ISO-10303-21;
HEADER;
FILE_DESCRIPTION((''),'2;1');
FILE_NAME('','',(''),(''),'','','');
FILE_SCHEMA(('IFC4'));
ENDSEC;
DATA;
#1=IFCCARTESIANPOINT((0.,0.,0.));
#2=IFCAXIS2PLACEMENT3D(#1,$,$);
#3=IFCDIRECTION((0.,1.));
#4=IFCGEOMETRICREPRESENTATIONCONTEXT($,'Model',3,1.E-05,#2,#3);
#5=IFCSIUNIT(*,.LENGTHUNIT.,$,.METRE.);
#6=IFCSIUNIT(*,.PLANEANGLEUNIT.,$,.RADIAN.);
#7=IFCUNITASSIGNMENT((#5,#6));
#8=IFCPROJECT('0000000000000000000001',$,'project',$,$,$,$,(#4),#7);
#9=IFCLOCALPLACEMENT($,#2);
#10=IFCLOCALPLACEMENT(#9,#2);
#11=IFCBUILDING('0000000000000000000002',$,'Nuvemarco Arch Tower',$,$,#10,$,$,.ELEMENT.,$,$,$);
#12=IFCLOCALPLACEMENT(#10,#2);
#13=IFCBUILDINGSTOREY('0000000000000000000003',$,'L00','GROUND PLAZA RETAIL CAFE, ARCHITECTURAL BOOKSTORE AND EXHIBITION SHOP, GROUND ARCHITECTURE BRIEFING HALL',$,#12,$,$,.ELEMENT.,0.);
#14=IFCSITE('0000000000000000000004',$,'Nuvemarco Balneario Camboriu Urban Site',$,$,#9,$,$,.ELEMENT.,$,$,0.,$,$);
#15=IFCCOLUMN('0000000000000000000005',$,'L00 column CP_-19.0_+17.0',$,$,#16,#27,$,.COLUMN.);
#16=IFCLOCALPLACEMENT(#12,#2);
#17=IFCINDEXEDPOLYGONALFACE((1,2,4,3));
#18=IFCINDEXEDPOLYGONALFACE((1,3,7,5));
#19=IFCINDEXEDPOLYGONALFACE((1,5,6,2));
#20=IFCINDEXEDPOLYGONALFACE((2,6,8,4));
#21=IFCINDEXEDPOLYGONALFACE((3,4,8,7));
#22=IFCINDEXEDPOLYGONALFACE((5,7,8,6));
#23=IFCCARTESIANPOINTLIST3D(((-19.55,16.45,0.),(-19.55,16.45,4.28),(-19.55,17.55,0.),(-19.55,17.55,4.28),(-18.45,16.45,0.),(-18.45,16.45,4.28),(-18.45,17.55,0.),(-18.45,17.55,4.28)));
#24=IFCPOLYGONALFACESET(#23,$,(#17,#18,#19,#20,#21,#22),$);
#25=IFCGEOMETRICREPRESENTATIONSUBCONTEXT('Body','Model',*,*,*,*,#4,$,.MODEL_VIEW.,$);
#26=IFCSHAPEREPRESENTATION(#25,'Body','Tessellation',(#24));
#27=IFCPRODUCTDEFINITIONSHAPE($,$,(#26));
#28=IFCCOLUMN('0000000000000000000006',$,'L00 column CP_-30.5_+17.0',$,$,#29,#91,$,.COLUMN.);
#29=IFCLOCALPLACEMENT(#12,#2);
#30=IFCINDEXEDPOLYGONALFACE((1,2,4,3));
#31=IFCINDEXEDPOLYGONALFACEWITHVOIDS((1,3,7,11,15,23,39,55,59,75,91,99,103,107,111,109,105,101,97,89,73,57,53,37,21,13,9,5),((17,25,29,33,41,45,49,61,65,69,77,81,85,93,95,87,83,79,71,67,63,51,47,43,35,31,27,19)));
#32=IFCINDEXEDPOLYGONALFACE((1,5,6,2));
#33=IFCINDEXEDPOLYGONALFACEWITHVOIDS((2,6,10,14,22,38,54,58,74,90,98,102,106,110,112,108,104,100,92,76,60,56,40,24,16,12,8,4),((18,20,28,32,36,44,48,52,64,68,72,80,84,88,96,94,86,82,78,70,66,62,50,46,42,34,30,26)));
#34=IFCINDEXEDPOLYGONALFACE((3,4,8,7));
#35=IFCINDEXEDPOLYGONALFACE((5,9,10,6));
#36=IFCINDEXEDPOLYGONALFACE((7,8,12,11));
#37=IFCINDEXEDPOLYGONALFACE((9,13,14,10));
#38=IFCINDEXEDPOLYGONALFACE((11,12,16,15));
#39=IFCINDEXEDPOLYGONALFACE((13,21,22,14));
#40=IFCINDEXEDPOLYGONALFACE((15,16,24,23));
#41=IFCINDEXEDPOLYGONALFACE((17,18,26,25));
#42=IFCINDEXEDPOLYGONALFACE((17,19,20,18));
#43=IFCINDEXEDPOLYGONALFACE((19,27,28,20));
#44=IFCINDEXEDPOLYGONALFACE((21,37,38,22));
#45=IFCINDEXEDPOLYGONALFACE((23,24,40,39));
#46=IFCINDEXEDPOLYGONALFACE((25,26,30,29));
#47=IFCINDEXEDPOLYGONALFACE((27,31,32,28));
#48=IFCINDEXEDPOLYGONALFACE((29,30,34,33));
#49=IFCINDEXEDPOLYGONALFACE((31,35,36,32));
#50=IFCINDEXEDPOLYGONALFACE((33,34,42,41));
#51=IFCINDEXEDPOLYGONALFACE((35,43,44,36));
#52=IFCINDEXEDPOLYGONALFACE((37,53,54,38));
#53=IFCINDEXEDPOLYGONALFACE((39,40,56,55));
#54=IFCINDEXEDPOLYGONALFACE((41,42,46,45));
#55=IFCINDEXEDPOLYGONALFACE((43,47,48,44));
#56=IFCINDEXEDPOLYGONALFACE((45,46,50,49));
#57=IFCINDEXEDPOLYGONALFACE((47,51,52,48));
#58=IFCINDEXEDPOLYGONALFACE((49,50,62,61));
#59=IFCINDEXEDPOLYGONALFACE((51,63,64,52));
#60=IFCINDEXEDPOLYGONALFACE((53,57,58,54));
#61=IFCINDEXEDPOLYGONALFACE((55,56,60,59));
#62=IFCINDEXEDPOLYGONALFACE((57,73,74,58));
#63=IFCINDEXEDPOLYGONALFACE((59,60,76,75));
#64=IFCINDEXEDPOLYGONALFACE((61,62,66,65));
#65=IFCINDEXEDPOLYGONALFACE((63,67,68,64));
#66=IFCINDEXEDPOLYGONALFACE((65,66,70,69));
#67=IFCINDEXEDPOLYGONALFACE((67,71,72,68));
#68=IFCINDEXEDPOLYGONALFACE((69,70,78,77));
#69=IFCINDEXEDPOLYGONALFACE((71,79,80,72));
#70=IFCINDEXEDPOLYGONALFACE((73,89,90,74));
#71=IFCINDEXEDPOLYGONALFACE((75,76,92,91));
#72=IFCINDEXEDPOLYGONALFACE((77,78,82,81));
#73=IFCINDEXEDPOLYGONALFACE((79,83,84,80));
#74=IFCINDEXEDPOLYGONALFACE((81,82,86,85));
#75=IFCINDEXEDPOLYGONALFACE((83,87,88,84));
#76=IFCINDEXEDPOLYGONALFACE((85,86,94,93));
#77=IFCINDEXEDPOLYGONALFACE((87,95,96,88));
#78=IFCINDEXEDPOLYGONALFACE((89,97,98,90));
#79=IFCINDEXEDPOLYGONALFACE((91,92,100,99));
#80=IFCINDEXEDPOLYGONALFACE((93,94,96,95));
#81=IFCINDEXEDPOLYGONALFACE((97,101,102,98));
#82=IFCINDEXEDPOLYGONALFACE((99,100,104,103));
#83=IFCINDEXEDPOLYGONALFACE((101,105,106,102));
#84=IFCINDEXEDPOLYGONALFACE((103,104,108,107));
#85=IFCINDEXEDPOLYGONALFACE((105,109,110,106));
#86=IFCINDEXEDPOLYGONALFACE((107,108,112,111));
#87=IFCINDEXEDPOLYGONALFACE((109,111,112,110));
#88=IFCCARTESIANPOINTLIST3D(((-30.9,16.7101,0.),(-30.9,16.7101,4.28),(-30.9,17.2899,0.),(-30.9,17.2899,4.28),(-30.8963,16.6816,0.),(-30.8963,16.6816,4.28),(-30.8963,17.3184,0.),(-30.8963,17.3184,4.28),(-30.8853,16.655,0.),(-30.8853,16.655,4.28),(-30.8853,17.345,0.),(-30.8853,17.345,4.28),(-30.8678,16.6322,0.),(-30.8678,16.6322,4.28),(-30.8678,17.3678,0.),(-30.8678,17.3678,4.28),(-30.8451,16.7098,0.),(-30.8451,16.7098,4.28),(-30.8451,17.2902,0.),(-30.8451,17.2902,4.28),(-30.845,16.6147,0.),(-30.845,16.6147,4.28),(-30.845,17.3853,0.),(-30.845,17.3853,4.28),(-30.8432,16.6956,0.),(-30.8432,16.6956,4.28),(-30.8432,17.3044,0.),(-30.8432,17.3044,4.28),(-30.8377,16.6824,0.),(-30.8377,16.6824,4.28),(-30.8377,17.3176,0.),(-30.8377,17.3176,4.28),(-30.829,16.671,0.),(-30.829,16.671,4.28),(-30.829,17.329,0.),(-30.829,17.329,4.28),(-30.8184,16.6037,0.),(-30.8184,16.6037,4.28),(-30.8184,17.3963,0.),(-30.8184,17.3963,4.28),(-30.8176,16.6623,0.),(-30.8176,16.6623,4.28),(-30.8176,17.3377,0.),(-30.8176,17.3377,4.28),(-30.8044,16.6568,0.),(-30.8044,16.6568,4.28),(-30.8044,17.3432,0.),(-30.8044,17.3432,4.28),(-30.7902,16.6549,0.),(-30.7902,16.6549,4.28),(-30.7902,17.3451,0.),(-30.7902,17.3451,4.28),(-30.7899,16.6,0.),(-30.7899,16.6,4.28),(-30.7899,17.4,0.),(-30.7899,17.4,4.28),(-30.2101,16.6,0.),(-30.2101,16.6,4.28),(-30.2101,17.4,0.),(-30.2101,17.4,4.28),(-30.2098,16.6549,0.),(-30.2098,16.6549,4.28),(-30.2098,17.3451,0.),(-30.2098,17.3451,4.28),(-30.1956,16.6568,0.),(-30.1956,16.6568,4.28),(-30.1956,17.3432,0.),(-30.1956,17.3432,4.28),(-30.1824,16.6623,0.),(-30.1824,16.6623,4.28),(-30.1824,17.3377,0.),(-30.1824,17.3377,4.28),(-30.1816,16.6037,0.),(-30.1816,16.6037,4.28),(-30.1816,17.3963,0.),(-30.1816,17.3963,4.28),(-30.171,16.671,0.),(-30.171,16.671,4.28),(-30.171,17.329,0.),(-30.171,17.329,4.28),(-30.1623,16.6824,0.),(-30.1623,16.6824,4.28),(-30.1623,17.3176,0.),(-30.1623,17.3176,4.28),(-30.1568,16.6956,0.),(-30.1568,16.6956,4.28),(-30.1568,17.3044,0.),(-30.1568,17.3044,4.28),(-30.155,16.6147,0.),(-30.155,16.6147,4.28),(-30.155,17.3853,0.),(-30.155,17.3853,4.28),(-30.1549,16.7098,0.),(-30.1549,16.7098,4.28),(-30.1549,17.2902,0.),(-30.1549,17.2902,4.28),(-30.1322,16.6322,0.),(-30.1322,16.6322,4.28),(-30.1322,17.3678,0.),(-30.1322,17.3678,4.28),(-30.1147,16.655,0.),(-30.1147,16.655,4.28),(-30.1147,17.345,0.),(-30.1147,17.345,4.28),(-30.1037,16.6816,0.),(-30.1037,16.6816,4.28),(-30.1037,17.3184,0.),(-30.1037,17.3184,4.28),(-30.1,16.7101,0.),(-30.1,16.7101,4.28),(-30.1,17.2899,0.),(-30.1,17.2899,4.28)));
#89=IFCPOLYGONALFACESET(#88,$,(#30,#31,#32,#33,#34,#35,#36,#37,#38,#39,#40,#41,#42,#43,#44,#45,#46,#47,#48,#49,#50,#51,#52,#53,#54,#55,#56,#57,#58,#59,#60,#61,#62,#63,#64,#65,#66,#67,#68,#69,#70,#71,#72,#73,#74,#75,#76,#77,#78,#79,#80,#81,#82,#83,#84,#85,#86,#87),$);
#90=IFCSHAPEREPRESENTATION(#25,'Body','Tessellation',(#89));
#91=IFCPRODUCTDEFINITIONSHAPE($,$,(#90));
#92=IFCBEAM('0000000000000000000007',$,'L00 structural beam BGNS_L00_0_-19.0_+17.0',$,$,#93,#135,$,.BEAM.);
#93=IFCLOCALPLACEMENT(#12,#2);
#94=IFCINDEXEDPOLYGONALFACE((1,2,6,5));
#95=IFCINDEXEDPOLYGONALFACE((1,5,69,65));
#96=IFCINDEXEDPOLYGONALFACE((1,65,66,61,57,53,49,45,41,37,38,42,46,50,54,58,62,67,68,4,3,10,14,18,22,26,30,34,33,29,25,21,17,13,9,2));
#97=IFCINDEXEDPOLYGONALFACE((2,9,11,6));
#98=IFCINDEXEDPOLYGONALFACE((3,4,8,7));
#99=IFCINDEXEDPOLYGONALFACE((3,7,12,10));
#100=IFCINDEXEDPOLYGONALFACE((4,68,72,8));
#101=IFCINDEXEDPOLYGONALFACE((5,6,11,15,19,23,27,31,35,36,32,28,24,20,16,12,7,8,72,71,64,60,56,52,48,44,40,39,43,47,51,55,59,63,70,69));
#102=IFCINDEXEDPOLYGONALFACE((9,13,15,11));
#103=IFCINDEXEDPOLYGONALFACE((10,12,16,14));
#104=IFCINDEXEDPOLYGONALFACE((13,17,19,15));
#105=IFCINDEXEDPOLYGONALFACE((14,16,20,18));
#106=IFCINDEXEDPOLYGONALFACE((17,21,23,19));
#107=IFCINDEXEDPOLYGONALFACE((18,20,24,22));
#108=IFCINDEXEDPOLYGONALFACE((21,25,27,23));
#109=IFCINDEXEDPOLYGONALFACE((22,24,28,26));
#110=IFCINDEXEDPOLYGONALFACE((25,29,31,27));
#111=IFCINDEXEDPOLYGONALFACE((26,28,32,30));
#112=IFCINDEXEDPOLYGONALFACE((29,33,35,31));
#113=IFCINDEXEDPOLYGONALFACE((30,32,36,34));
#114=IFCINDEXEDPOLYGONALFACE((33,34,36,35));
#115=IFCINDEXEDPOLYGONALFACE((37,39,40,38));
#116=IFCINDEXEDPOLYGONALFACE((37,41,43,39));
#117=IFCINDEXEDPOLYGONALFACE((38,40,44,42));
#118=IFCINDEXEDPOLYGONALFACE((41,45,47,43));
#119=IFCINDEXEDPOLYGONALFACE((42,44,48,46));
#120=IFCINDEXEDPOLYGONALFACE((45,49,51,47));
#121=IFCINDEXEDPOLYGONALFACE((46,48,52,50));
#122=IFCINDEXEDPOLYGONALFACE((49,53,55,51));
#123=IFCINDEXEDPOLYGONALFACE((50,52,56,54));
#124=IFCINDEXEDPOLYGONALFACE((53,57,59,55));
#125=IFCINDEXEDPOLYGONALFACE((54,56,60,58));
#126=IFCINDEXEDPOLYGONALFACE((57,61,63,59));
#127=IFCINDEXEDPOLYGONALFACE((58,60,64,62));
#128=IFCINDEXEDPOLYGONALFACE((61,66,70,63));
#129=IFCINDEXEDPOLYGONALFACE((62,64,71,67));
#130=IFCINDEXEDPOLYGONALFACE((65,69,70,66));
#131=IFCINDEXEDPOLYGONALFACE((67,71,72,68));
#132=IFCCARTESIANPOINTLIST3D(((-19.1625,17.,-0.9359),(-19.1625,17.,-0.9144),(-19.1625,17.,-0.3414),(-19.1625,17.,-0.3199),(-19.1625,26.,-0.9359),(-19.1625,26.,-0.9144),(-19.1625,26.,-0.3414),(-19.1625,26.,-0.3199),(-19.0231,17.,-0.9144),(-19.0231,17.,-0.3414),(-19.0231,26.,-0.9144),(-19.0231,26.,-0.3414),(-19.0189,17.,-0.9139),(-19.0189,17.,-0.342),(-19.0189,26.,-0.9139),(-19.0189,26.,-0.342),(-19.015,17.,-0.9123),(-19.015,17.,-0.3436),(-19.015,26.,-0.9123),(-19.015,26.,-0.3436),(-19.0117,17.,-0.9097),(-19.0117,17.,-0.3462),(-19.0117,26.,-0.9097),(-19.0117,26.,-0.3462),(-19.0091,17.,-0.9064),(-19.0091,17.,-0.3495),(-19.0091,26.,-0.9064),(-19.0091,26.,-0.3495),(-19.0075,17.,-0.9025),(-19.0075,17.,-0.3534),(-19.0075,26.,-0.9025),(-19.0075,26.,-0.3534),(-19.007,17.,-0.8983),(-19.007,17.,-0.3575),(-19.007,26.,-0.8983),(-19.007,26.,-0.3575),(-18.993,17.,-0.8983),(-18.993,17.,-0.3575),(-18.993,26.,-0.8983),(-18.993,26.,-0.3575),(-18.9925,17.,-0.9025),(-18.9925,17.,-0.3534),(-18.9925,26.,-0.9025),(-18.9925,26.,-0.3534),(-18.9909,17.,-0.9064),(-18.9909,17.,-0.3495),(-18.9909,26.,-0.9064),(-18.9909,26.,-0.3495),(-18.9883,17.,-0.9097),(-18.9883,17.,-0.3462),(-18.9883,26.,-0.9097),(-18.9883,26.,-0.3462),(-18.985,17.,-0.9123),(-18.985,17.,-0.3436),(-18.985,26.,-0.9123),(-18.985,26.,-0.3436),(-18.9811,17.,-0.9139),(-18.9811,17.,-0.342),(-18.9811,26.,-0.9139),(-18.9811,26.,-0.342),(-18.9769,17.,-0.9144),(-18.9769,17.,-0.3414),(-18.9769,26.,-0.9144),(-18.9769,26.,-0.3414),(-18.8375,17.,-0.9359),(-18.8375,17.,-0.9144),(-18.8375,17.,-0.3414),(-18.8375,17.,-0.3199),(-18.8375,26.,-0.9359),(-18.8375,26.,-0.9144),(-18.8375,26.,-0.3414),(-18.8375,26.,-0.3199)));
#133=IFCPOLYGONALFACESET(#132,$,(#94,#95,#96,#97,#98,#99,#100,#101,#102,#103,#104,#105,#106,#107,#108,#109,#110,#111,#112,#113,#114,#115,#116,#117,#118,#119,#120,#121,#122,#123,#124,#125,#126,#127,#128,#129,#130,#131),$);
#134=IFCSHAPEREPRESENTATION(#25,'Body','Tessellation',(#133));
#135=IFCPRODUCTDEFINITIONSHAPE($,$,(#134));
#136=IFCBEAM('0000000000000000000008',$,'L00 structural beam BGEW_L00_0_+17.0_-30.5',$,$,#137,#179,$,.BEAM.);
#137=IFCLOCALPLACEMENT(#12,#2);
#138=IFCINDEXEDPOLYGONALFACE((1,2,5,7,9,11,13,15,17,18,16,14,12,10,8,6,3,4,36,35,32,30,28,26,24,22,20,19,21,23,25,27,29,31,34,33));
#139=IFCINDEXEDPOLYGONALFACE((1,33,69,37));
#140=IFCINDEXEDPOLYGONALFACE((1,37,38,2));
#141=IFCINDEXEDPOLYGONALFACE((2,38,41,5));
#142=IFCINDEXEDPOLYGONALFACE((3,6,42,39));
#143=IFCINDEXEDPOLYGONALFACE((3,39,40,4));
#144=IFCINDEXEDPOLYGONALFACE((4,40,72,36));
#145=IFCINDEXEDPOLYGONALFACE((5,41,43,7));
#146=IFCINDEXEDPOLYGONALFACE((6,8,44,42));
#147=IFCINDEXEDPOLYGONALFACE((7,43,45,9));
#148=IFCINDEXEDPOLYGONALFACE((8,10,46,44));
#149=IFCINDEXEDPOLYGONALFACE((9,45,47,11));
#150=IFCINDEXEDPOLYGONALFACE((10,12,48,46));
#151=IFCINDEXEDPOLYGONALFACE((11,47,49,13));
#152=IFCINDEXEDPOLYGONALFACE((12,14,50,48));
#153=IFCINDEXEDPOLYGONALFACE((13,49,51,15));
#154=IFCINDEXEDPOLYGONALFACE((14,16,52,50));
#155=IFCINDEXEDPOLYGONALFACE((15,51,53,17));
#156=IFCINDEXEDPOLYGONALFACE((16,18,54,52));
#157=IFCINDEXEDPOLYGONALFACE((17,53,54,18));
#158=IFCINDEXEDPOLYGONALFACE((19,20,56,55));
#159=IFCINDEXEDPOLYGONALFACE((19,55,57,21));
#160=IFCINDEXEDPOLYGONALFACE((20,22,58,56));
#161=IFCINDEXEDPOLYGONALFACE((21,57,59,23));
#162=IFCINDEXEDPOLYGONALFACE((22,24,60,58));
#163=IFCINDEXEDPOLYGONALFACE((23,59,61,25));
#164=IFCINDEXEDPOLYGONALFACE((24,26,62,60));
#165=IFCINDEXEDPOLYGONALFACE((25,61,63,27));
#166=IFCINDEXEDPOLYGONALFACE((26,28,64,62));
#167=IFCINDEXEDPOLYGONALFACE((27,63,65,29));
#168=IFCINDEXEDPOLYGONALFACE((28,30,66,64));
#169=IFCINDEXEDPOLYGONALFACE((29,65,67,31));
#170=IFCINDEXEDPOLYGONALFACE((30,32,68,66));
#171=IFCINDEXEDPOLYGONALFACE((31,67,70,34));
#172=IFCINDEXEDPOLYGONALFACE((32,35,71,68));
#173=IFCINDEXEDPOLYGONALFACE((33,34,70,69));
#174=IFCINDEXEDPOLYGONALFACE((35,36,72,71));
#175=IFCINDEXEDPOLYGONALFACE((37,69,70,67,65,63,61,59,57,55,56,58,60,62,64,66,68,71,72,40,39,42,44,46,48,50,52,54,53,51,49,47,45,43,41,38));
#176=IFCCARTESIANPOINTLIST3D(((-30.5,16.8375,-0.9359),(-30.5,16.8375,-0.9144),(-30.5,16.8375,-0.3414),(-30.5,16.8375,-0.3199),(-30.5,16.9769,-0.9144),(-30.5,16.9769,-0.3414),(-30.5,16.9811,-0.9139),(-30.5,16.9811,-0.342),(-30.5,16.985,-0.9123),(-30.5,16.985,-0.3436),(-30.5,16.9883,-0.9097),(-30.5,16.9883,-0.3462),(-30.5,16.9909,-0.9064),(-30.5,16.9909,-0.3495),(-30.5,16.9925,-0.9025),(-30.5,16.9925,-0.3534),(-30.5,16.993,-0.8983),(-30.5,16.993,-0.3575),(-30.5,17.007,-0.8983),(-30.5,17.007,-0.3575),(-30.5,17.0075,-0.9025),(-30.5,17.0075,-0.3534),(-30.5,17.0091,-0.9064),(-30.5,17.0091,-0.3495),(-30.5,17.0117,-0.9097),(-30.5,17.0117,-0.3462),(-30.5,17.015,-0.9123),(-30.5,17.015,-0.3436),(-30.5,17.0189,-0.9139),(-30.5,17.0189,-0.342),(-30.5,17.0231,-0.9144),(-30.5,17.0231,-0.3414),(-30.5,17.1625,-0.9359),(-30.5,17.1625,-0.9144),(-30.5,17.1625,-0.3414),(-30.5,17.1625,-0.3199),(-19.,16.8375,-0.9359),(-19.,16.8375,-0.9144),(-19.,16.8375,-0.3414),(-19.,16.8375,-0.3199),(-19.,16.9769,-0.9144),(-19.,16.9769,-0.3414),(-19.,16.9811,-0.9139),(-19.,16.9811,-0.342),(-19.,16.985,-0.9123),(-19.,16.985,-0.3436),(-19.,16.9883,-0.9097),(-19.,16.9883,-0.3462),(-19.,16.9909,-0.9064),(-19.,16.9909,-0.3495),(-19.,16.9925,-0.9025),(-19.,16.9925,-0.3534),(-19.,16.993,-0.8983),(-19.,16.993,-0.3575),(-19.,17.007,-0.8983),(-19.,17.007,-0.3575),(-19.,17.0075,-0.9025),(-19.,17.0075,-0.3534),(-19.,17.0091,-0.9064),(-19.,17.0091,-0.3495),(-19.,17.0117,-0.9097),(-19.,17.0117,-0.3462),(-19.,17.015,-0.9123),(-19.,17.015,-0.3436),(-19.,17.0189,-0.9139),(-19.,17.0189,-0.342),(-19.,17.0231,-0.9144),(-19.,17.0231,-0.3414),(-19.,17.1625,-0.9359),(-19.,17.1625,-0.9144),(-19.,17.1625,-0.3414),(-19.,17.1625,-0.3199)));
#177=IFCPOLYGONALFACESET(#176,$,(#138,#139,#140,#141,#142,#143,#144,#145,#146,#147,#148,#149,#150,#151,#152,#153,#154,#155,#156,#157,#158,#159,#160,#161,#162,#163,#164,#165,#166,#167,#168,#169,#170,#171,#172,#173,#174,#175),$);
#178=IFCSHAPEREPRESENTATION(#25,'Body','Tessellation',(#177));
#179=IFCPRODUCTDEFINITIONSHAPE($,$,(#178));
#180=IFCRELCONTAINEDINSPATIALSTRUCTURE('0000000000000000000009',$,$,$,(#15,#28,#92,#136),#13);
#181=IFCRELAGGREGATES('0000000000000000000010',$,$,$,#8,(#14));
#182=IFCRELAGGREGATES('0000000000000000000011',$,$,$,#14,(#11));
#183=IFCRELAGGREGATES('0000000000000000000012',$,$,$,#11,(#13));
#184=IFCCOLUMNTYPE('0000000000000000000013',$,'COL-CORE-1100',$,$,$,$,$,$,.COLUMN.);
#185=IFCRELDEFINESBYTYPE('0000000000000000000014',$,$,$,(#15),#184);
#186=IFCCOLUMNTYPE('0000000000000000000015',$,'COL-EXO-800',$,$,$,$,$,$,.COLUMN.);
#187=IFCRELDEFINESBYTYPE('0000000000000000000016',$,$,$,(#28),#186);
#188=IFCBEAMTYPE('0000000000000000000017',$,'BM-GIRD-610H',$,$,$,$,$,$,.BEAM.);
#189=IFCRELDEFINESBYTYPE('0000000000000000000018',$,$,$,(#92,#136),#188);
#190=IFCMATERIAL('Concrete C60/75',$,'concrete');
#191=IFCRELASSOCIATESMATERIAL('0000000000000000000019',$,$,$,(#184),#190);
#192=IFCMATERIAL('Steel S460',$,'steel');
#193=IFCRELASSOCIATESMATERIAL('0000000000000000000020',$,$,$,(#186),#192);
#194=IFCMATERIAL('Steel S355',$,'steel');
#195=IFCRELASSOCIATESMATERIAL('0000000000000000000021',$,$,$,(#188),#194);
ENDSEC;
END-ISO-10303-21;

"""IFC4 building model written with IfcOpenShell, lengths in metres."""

from ifc_helpers import new_model, si_unit, direction, frame, origin, origin_2d, place, context, subcontext, project, spatial, rectangle, hollow_rectangle, i_section, extrude, material, material_profile, profile_set, type_object, element, save


model = new_model("IFC4")

# Units and contexts
model_context = context("Model", 3, precision=1e-05, world=origin(), true_north=direction((0.0, 1.0)))
body_context = subcontext(model_context, "Body", "Model", "MODEL_VIEW")
ifc_project = project(units=[si_unit("LENGTHUNIT", "METRE"), si_unit("PLANEANGLEUNIT", "RADIAN")], contexts=[model_context])

# Site, building, storey
site_placement = place(None, origin())
site = spatial("IfcSite", under=ifc_project, at=site_placement, Name="Nuvemarco Balneario Camboriu Urban Site", CompositionType="ELEMENT", RefElevation=0.0)
building_placement = place(site_placement, origin())
building = spatial("IfcBuilding", under=site, at=building_placement, Name="Nuvemarco Arch Tower", CompositionType="ELEMENT")
storey_placement = place(building_placement, origin())
storey = spatial("IfcBuildingStorey", under=building, at=storey_placement, Name="L00", Description="GROUND PLAZA RETAIL CAFE, ARCHITECTURAL BOOKSTORE AND EXHIBITION SHOP, GROUND ARCHITECTURE BRIEFING HALL", CompositionType="ELEMENT", Elevation=0.0)

# Columns
ifc_material_1 = material(Name="Concrete C60/75", Category="concrete")
ifc_material_profile_1 = material_profile(ifc_material_1, rectangle(XDim=1.1001, YDim=1.1001, at=origin_2d()), Name="RC-COL-1100x1100")
ifc_profile_set_1 = profile_set([ifc_material_profile_1], Name="Concrete C60/75")
column_type_1 = type_object("IfcColumnType", Name="COL-CORE-1100", PredefinedType="COLUMN", material=ifc_profile_set_1)
column_1_placement = place(storey_placement, frame((-19.0, 17.0, 0.0), z_axis=(0.0, 0.0, 1.0), x_axis=(1.0, 0.0, 0.0)))
element("IfcColumn", 1, at=column_1_placement, inside=storey, type_object=column_type_1, Name="L00 column CP_-19.0_+17.0", PredefinedType="COLUMN", context=body_context, shape_type="SweptSolid", body=[
    extrude(rectangle(XDim=1.1001, YDim=1.1001, at=origin_2d()), origin(), (0.0, 0.0, 1.0), 4.28),
])
ifc_material_2 = material(Name="Steel S460", Category="steel")
ifc_material_profile_2 = material_profile(ifc_material_2, hollow_rectangle(XDim=0.8, YDim=0.8, WallThickness=0.0549, InnerFilletRadius=0.0549, OuterFilletRadius=0.1101, at=origin_2d()), Name="SHS800x800x55")
ifc_profile_set_2 = profile_set([ifc_material_profile_2], Name="Steel S460")
column_type_2 = type_object("IfcColumnType", Name="COL-EXO-800", PredefinedType="COLUMN", material=ifc_profile_set_2)
column_2_placement = place(storey_placement, frame((-30.5, 17.0, 0.0), z_axis=(0.0, 0.0, 1.0), x_axis=(1.0, 0.0, 0.0)))
element("IfcColumn", 2, at=column_2_placement, inside=storey, type_object=column_type_2, Name="L00 column CP_-30.5_+17.0", PredefinedType="COLUMN", context=body_context, shape_type="SweptSolid", body=[
    extrude(hollow_rectangle(XDim=0.8, YDim=0.8, WallThickness=0.0549, InnerFilletRadius=0.0549, OuterFilletRadius=0.1101, at=origin_2d()), origin(), (0.0, 0.0, 1.0), 4.28),
])

# Beams
ifc_material_3 = material(Name="Steel S355", Category="steel")
ifc_material_profile_3 = material_profile(ifc_material_3, i_section(OverallWidth=0.325, OverallDepth=0.616, WebThickness=0.0139, FlangeThickness=0.0215, FilletRadius=0.0161, at=origin_2d()), Name="W610x174")
ifc_profile_set_3 = profile_set([ifc_material_profile_3], Name="Steel S355")
beam_type_1 = type_object("IfcBeamType", Name="BM-GIRD-610H", PredefinedType="BEAM", material=ifc_profile_set_3)
beam_1_placement = place(storey_placement, frame((-19.0, 17.0, -0.6279), z_axis=(0.0, 1.0, 0.0), x_axis=(-1.0, 0.0, 0.0)))
element("IfcBeam", 3, at=beam_1_placement, inside=storey, type_object=beam_type_1, Name="L00 structural beam BGNS_L00_0_-19.0_+17.0", PredefinedType="BEAM", context=body_context, shape_type="SweptSolid", body=[
    extrude(i_section(OverallWidth=0.325, OverallDepth=0.616, WebThickness=0.0139, FlangeThickness=0.0215, FilletRadius=0.0161, at=origin_2d()), origin(), (0.0, 0.0, 1.0), 9.0),
])
beam_2_placement = place(storey_placement, frame((-30.5, 17.0, -0.6279), z_axis=(1.0, 0.0, 0.0), x_axis=(0.0, 1.0, 0.0)))
element("IfcBeam", 4, at=beam_2_placement, inside=storey, type_object=beam_type_1, Name="L00 structural beam BGEW_L00_0_+17.0_-30.5", PredefinedType="BEAM", context=body_context, shape_type="SweptSolid", body=[
    extrude(i_section(OverallWidth=0.325, OverallDepth=0.616, WebThickness=0.0139, FlangeThickness=0.0215, FilletRadius=0.0161, at=origin_2d()), origin(), (0.0, 0.0, 1.0), 11.5),
])

save(model, "model.ifc")
